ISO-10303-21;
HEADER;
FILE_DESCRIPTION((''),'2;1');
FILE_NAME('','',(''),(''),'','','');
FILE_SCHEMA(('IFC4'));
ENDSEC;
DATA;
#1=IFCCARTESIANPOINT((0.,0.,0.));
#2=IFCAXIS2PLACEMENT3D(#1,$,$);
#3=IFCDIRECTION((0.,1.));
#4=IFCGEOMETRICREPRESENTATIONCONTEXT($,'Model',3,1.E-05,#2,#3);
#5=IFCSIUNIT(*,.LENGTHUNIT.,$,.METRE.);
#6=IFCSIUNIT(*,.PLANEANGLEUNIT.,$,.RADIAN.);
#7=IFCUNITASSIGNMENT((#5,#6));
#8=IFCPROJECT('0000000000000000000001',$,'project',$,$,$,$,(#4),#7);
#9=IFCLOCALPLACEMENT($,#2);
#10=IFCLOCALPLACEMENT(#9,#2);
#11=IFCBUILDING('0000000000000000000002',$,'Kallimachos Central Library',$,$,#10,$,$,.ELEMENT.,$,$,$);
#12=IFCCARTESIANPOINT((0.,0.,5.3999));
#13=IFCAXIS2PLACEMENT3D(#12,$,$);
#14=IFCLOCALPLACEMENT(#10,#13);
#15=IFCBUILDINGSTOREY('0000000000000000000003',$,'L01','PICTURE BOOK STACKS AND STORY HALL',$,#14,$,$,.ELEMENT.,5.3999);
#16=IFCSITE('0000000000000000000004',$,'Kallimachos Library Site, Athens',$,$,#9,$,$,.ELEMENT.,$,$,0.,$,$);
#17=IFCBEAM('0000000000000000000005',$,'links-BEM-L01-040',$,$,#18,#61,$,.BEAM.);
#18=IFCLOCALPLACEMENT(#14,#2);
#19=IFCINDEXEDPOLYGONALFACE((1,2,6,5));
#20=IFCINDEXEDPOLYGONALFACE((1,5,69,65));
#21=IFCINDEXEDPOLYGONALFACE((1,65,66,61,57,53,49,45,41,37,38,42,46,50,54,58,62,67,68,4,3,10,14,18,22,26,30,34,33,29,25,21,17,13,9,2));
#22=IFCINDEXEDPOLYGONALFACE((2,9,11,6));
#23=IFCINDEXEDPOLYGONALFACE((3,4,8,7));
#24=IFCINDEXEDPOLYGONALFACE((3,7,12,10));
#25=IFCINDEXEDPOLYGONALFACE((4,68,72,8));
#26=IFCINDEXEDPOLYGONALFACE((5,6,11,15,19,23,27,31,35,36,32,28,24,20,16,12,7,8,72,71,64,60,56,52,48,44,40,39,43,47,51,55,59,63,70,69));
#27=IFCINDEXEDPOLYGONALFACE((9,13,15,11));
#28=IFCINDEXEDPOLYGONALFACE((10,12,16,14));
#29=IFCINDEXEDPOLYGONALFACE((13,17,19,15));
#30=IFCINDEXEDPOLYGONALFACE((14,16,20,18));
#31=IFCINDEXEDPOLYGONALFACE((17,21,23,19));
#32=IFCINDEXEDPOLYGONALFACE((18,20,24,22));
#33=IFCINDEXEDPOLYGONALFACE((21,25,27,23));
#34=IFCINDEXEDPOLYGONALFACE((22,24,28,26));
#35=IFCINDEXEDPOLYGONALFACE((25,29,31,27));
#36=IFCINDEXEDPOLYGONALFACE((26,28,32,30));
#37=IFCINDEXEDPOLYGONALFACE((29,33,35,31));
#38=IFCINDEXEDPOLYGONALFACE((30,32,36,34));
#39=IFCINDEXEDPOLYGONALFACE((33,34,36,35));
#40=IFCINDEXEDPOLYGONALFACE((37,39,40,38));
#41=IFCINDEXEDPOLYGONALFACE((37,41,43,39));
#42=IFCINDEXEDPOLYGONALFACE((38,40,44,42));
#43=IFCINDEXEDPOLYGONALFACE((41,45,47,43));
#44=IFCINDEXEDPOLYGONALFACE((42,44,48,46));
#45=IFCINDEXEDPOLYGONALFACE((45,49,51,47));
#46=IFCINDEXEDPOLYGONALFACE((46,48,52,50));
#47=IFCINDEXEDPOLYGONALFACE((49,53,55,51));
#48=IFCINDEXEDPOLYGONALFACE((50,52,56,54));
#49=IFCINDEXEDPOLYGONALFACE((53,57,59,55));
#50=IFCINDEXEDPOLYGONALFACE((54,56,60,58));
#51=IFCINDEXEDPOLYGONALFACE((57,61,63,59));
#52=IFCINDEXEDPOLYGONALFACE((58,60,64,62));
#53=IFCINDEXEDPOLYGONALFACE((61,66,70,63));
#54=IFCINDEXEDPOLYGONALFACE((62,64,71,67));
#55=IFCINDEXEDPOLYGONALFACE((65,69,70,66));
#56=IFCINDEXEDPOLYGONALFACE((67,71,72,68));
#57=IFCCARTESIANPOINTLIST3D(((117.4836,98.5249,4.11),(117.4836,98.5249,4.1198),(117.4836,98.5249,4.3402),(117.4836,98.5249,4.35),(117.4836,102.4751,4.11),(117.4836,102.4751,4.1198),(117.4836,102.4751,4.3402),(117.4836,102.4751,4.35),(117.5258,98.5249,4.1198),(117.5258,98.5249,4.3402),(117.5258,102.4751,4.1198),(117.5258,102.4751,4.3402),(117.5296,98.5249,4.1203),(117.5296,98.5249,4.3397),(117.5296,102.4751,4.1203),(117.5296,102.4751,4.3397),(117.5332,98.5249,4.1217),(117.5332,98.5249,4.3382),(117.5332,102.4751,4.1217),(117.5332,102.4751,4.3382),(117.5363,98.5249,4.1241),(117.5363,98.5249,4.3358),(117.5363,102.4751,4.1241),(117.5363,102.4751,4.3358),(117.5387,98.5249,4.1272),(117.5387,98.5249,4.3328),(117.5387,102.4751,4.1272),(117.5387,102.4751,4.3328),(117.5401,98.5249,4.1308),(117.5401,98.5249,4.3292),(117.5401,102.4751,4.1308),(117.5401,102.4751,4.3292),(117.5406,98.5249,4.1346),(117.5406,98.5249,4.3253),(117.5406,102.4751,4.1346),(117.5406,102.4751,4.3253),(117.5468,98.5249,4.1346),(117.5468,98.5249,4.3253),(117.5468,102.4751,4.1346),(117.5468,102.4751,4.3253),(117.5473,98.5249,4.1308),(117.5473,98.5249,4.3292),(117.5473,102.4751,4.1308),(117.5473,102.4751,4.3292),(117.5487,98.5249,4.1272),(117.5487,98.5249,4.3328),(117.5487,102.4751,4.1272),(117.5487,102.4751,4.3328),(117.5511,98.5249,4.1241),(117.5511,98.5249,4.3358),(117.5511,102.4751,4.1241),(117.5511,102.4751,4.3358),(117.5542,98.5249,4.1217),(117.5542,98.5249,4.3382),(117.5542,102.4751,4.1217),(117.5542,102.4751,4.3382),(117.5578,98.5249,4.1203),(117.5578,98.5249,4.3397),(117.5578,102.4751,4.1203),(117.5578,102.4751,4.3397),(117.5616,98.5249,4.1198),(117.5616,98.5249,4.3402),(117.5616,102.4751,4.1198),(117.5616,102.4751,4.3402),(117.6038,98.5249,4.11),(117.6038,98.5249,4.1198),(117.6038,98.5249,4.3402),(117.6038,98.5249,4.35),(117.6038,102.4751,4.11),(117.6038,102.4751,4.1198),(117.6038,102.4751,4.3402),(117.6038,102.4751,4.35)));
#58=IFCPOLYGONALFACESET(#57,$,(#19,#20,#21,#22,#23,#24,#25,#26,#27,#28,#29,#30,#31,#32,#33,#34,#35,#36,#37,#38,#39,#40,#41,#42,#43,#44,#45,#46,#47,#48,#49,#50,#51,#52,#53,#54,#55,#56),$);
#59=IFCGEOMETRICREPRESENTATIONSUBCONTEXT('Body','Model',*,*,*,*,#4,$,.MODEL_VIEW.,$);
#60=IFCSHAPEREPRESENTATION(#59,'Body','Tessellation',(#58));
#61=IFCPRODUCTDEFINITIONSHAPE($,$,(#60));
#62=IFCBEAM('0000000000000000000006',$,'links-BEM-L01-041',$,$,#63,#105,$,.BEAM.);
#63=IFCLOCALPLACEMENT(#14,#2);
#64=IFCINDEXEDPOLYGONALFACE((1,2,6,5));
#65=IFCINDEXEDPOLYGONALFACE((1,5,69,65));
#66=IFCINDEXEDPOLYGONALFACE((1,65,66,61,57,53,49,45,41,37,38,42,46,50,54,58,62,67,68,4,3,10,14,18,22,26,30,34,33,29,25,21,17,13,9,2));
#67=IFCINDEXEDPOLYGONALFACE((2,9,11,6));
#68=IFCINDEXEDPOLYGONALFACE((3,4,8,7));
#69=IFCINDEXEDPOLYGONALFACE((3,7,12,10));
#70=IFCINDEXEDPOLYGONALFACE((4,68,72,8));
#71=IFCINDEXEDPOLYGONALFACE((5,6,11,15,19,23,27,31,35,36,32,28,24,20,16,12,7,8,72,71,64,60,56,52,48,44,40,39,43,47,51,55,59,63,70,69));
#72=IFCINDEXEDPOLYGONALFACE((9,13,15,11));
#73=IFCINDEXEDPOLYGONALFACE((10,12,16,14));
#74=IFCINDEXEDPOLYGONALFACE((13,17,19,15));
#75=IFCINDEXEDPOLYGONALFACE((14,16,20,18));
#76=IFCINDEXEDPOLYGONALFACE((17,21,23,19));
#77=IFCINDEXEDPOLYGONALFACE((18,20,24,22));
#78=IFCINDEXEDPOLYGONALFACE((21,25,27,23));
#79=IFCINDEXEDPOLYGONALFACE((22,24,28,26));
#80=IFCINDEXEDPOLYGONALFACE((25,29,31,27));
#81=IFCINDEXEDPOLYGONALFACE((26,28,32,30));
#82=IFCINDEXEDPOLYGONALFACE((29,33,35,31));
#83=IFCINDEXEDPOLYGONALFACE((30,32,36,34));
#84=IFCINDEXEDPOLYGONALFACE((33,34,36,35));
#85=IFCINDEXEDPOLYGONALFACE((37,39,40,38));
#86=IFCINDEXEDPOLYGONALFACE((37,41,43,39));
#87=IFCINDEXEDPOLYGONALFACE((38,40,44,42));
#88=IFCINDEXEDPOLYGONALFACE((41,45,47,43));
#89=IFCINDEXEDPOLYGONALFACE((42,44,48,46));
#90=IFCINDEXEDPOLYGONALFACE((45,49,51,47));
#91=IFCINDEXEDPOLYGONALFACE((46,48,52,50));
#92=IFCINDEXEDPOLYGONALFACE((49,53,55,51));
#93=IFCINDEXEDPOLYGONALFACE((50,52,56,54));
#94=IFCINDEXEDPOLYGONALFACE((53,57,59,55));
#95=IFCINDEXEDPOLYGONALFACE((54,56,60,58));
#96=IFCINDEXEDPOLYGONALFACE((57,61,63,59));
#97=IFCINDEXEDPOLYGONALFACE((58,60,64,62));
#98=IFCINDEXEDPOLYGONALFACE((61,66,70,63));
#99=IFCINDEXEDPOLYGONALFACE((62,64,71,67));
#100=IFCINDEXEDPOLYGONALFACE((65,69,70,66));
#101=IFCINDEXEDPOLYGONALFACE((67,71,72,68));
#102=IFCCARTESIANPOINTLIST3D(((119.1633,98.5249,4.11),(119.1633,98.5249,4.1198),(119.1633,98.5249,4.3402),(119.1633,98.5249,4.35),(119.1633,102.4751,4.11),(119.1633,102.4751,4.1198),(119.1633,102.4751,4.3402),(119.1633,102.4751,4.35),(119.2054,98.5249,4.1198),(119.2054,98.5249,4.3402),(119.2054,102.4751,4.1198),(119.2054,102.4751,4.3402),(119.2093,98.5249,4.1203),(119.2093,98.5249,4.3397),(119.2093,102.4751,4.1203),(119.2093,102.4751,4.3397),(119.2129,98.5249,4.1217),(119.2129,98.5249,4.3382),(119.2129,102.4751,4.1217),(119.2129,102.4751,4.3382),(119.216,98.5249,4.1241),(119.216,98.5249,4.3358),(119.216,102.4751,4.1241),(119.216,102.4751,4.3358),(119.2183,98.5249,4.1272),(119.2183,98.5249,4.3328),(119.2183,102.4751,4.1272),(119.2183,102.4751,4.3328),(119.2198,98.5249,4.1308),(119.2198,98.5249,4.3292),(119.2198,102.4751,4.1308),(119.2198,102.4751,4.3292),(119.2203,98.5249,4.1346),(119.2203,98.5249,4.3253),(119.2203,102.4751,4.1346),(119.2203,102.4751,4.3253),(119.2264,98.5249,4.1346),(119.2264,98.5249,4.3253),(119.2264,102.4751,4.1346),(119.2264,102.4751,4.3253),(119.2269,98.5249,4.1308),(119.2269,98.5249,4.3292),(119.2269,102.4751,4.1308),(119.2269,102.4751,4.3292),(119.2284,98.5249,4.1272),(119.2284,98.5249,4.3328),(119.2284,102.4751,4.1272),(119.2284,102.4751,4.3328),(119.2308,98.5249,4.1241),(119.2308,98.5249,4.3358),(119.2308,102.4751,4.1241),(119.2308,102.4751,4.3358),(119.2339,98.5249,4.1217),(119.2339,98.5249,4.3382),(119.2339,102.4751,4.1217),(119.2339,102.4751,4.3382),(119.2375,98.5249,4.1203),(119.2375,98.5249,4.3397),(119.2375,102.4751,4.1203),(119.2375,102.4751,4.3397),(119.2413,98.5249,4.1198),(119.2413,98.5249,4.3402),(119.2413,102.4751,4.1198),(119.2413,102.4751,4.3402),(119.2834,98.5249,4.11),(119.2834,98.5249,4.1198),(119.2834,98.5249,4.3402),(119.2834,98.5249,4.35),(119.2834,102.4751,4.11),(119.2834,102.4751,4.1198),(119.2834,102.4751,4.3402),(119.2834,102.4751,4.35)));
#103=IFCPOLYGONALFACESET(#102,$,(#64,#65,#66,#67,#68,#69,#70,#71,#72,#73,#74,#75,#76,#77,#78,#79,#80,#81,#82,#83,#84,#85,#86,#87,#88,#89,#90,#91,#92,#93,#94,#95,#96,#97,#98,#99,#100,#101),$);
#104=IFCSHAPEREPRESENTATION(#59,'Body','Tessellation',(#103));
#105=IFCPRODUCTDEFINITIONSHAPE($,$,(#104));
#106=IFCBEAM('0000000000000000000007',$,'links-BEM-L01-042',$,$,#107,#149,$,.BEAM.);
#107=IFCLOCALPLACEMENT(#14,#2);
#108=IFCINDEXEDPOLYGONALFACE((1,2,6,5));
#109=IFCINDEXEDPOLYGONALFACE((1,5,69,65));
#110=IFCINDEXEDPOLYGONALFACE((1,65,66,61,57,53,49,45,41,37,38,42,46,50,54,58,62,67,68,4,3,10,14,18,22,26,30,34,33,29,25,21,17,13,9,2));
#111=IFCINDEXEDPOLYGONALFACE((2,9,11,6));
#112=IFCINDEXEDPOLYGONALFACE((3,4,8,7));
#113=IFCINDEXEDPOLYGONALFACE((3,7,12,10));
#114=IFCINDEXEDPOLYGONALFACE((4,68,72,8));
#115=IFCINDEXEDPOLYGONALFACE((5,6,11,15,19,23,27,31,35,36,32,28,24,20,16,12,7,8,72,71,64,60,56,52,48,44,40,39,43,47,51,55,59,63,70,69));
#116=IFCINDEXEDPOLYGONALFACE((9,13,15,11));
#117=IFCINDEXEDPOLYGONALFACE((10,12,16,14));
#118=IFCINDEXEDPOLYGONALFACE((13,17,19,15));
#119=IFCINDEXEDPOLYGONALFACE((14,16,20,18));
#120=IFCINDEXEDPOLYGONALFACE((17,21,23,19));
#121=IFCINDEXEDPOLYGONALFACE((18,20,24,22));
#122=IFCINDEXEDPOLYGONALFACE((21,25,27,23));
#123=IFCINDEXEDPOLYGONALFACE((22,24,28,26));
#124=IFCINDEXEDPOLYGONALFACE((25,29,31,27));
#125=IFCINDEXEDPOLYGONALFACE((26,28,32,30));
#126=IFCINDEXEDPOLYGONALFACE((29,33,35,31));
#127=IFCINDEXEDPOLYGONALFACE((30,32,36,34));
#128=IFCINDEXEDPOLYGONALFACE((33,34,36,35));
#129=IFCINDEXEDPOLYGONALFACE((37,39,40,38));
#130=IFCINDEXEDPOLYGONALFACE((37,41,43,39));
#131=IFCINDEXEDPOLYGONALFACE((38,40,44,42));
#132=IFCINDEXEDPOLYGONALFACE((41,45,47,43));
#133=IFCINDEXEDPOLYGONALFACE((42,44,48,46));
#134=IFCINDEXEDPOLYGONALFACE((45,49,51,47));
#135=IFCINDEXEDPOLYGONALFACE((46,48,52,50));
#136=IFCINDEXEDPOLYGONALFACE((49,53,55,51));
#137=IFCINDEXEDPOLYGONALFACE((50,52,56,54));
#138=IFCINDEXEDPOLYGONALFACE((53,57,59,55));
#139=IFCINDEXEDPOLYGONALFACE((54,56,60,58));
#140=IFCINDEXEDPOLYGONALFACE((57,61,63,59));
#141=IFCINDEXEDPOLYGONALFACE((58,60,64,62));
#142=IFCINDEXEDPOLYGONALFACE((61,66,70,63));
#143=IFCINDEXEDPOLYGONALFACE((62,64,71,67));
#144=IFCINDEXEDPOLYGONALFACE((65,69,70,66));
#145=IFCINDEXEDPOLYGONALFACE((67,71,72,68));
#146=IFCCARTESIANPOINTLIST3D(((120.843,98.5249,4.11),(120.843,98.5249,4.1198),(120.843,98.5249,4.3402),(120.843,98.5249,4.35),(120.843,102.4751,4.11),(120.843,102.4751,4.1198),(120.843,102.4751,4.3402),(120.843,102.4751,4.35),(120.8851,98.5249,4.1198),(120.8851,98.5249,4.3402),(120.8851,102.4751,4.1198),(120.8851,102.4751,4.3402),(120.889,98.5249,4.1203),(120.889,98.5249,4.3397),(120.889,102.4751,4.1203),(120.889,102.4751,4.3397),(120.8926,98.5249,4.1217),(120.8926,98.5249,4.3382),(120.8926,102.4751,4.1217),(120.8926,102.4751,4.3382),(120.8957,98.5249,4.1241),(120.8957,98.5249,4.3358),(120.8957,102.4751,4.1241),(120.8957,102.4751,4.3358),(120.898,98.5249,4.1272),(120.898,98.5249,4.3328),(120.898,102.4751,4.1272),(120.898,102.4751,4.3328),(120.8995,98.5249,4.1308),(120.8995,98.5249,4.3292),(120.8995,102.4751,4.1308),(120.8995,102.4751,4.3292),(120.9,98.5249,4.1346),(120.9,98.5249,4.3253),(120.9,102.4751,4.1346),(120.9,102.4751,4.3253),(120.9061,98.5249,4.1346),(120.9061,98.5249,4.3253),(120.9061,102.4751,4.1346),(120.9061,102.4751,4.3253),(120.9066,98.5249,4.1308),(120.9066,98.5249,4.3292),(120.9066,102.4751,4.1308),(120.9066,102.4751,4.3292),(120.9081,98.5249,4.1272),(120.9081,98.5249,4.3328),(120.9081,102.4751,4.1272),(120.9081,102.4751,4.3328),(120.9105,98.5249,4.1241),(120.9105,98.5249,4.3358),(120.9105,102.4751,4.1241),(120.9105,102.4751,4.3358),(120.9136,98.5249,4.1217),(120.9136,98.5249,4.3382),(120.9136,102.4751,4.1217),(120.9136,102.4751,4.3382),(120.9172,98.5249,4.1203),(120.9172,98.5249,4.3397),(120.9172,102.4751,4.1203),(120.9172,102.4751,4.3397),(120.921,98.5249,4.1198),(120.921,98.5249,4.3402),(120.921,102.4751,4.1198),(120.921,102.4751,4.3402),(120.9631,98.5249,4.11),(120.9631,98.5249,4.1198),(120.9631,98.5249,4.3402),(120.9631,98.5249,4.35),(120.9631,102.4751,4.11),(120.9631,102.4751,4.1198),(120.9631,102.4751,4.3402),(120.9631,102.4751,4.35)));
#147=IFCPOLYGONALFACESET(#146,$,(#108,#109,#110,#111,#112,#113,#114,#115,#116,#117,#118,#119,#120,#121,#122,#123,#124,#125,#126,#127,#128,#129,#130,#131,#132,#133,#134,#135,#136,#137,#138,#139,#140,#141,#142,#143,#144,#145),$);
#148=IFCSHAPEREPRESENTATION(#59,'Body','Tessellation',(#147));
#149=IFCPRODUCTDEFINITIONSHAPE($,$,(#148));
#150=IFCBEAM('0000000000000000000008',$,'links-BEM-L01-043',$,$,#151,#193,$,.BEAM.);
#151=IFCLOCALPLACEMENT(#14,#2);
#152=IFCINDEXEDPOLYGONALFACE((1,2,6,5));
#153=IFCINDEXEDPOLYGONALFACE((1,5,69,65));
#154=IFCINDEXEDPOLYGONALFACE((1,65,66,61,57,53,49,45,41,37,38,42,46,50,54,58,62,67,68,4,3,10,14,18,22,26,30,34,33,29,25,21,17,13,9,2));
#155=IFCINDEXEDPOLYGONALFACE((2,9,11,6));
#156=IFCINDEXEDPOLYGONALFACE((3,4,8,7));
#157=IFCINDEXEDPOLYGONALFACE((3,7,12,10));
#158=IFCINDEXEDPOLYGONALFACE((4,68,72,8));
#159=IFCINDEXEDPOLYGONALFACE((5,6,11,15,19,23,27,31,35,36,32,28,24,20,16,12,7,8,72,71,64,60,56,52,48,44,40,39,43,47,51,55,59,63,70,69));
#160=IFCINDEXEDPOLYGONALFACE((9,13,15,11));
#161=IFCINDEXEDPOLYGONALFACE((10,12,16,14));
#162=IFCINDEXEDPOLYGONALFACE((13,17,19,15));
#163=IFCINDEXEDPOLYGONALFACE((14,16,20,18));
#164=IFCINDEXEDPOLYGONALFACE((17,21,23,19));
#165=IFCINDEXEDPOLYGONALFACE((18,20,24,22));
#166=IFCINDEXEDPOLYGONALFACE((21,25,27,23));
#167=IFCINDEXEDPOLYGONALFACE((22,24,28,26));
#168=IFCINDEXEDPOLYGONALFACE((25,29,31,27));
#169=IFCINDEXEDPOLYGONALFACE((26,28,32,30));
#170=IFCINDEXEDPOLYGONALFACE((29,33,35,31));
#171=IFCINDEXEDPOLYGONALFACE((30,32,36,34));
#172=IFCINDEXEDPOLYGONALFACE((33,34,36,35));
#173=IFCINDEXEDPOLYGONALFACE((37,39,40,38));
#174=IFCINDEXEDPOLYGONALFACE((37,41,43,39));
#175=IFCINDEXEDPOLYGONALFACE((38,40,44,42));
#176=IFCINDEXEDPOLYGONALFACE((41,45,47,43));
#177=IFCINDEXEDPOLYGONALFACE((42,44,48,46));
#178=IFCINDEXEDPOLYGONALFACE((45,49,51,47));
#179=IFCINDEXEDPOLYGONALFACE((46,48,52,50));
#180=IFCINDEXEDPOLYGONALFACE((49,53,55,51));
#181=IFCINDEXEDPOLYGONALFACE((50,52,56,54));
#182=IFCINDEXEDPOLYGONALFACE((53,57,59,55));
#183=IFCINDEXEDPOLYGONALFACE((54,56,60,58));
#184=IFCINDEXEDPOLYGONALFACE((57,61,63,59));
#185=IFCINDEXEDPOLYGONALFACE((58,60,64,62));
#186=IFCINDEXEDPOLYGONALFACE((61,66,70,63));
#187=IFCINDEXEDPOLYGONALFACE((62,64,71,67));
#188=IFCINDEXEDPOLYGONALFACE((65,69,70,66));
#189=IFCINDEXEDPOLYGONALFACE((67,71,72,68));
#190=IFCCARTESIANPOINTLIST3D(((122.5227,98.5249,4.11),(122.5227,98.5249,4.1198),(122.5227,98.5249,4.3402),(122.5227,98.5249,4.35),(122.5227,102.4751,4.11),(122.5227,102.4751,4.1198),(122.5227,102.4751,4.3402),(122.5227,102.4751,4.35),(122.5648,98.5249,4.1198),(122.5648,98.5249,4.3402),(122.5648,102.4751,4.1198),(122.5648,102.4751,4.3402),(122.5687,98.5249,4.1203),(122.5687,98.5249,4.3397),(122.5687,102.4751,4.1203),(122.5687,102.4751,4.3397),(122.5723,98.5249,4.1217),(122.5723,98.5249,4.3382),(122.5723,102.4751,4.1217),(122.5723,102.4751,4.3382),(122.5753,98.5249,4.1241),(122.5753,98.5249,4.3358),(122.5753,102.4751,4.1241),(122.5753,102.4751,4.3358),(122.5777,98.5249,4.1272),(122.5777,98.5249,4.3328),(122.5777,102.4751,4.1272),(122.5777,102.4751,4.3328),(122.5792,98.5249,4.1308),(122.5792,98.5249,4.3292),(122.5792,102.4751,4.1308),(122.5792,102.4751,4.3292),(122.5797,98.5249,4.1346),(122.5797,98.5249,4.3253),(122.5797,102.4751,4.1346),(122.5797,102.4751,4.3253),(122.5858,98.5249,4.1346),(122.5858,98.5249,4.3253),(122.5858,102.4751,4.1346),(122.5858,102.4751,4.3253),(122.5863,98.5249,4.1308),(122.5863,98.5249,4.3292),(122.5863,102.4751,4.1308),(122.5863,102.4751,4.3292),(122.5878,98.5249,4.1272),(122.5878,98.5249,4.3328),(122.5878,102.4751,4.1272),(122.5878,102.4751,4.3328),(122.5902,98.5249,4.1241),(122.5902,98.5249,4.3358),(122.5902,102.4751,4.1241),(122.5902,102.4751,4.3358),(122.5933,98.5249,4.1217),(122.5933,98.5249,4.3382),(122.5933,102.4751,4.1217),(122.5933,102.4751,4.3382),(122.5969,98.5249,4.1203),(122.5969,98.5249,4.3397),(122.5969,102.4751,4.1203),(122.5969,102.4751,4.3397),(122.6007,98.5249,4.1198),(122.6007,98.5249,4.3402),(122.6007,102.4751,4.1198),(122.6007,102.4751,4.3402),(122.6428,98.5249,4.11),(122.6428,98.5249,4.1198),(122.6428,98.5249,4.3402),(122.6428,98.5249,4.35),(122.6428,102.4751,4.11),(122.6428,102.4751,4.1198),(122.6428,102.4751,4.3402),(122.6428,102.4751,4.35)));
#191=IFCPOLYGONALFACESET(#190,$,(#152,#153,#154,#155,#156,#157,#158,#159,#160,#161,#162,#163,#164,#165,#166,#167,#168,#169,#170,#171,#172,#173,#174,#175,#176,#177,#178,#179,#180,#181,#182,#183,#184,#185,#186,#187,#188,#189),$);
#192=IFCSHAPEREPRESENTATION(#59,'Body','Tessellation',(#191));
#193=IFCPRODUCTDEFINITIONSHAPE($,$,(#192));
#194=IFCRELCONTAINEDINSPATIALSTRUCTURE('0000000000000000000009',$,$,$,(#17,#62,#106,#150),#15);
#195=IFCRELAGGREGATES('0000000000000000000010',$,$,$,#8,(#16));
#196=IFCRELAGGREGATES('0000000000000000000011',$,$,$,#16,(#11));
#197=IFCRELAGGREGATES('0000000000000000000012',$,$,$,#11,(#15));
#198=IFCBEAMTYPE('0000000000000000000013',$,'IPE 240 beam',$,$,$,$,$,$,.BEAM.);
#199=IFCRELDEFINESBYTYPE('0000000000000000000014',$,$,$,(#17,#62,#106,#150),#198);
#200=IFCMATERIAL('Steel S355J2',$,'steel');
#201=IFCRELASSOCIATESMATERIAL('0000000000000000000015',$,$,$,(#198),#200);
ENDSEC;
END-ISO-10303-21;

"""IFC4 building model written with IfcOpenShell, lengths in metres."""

from ifc_helpers import new_model, si_unit, direction, frame, origin, origin_2d, place, context, subcontext, project, spatial, i_section, extrude, material, material_profile, profile_set, type_object, element, save


model = new_model("IFC4")

# Units and contexts
model_context = context("Model", 3, precision=1e-05, world=origin(), true_north=direction((0.0, 1.0)))
body_context = subcontext(model_context, "Body", "Model", "MODEL_VIEW")
ifc_project = project(units=[si_unit("LENGTHUNIT", "METRE"), si_unit("PLANEANGLEUNIT", "RADIAN")], contexts=[model_context])

# Site, building, storey
site_placement = place(None, origin())
site = spatial("IfcSite", under=ifc_project, at=site_placement, Name="Kallimachos Library Site, Athens", CompositionType="ELEMENT", RefElevation=0.0)
building_placement = place(site_placement, origin())
building = spatial("IfcBuilding", under=site, at=building_placement, Name="Kallimachos Central Library", CompositionType="ELEMENT")
storey_placement = place(building_placement, frame((0.0, 0.0, 5.3999)))
storey = spatial("IfcBuildingStorey", under=building, at=storey_placement, Name="L01", Description="PICTURE BOOK STACKS AND STORY HALL", CompositionType="ELEMENT", Elevation=5.3999)

# Beams
ifc_material_1 = material(Name="Steel S355J2", Category="steel")
ifc_material_profile_1 = material_profile(ifc_material_1, i_section(OverallWidth=0.1201, OverallDepth=0.24, WebThickness=0.0061, FlangeThickness=0.0098, FilletRadius=0.0149, at=origin_2d()), Name="IPE 240")
ifc_profile_set_1 = profile_set([ifc_material_profile_1], Name="Steel S355J2")
beam_type = type_object("IfcBeamType", Name="IPE 240 beam", PredefinedType="BEAM", material=ifc_profile_set_1)
for number, where, z_axis, x_axis, name in (
    (1, (117.5437, 98.5249, 4.23), (0.0, 1.0, 0.0), (-1.0, 0.0, 0.0), "links-BEM-L01-040"),
    (2, (119.2234, 98.5249, 4.23), (0.0, 1.0, 0.0), (-1.0, 0.0, 0.0), "links-BEM-L01-041"),
    (3, (120.9031, 98.5249, 4.23), (0.0, 1.0, 0.0), (-1.0, 0.0, 0.0), "links-BEM-L01-042"),
    (4, (122.5828, 98.5249, 4.23), (0.0, 1.0, 0.0), (-1.0, 0.0, 0.0), "links-BEM-L01-043"),
):
    element("IfcBeam", number, at=place(storey_placement, frame(where, z_axis=z_axis, x_axis=x_axis)), inside=storey, type_object=beam_type, Name=name, PredefinedType="BEAM", context=body_context, shape_type="SweptSolid", body=[
        extrude(i_section(OverallWidth=0.1201, OverallDepth=0.24, WebThickness=0.0061, FlangeThickness=0.0098, FilletRadius=0.0149, at=origin_2d()), origin(), (0.0, 0.0, 1.0), 3.9502),
    ])

save(model, "model.ifc")
